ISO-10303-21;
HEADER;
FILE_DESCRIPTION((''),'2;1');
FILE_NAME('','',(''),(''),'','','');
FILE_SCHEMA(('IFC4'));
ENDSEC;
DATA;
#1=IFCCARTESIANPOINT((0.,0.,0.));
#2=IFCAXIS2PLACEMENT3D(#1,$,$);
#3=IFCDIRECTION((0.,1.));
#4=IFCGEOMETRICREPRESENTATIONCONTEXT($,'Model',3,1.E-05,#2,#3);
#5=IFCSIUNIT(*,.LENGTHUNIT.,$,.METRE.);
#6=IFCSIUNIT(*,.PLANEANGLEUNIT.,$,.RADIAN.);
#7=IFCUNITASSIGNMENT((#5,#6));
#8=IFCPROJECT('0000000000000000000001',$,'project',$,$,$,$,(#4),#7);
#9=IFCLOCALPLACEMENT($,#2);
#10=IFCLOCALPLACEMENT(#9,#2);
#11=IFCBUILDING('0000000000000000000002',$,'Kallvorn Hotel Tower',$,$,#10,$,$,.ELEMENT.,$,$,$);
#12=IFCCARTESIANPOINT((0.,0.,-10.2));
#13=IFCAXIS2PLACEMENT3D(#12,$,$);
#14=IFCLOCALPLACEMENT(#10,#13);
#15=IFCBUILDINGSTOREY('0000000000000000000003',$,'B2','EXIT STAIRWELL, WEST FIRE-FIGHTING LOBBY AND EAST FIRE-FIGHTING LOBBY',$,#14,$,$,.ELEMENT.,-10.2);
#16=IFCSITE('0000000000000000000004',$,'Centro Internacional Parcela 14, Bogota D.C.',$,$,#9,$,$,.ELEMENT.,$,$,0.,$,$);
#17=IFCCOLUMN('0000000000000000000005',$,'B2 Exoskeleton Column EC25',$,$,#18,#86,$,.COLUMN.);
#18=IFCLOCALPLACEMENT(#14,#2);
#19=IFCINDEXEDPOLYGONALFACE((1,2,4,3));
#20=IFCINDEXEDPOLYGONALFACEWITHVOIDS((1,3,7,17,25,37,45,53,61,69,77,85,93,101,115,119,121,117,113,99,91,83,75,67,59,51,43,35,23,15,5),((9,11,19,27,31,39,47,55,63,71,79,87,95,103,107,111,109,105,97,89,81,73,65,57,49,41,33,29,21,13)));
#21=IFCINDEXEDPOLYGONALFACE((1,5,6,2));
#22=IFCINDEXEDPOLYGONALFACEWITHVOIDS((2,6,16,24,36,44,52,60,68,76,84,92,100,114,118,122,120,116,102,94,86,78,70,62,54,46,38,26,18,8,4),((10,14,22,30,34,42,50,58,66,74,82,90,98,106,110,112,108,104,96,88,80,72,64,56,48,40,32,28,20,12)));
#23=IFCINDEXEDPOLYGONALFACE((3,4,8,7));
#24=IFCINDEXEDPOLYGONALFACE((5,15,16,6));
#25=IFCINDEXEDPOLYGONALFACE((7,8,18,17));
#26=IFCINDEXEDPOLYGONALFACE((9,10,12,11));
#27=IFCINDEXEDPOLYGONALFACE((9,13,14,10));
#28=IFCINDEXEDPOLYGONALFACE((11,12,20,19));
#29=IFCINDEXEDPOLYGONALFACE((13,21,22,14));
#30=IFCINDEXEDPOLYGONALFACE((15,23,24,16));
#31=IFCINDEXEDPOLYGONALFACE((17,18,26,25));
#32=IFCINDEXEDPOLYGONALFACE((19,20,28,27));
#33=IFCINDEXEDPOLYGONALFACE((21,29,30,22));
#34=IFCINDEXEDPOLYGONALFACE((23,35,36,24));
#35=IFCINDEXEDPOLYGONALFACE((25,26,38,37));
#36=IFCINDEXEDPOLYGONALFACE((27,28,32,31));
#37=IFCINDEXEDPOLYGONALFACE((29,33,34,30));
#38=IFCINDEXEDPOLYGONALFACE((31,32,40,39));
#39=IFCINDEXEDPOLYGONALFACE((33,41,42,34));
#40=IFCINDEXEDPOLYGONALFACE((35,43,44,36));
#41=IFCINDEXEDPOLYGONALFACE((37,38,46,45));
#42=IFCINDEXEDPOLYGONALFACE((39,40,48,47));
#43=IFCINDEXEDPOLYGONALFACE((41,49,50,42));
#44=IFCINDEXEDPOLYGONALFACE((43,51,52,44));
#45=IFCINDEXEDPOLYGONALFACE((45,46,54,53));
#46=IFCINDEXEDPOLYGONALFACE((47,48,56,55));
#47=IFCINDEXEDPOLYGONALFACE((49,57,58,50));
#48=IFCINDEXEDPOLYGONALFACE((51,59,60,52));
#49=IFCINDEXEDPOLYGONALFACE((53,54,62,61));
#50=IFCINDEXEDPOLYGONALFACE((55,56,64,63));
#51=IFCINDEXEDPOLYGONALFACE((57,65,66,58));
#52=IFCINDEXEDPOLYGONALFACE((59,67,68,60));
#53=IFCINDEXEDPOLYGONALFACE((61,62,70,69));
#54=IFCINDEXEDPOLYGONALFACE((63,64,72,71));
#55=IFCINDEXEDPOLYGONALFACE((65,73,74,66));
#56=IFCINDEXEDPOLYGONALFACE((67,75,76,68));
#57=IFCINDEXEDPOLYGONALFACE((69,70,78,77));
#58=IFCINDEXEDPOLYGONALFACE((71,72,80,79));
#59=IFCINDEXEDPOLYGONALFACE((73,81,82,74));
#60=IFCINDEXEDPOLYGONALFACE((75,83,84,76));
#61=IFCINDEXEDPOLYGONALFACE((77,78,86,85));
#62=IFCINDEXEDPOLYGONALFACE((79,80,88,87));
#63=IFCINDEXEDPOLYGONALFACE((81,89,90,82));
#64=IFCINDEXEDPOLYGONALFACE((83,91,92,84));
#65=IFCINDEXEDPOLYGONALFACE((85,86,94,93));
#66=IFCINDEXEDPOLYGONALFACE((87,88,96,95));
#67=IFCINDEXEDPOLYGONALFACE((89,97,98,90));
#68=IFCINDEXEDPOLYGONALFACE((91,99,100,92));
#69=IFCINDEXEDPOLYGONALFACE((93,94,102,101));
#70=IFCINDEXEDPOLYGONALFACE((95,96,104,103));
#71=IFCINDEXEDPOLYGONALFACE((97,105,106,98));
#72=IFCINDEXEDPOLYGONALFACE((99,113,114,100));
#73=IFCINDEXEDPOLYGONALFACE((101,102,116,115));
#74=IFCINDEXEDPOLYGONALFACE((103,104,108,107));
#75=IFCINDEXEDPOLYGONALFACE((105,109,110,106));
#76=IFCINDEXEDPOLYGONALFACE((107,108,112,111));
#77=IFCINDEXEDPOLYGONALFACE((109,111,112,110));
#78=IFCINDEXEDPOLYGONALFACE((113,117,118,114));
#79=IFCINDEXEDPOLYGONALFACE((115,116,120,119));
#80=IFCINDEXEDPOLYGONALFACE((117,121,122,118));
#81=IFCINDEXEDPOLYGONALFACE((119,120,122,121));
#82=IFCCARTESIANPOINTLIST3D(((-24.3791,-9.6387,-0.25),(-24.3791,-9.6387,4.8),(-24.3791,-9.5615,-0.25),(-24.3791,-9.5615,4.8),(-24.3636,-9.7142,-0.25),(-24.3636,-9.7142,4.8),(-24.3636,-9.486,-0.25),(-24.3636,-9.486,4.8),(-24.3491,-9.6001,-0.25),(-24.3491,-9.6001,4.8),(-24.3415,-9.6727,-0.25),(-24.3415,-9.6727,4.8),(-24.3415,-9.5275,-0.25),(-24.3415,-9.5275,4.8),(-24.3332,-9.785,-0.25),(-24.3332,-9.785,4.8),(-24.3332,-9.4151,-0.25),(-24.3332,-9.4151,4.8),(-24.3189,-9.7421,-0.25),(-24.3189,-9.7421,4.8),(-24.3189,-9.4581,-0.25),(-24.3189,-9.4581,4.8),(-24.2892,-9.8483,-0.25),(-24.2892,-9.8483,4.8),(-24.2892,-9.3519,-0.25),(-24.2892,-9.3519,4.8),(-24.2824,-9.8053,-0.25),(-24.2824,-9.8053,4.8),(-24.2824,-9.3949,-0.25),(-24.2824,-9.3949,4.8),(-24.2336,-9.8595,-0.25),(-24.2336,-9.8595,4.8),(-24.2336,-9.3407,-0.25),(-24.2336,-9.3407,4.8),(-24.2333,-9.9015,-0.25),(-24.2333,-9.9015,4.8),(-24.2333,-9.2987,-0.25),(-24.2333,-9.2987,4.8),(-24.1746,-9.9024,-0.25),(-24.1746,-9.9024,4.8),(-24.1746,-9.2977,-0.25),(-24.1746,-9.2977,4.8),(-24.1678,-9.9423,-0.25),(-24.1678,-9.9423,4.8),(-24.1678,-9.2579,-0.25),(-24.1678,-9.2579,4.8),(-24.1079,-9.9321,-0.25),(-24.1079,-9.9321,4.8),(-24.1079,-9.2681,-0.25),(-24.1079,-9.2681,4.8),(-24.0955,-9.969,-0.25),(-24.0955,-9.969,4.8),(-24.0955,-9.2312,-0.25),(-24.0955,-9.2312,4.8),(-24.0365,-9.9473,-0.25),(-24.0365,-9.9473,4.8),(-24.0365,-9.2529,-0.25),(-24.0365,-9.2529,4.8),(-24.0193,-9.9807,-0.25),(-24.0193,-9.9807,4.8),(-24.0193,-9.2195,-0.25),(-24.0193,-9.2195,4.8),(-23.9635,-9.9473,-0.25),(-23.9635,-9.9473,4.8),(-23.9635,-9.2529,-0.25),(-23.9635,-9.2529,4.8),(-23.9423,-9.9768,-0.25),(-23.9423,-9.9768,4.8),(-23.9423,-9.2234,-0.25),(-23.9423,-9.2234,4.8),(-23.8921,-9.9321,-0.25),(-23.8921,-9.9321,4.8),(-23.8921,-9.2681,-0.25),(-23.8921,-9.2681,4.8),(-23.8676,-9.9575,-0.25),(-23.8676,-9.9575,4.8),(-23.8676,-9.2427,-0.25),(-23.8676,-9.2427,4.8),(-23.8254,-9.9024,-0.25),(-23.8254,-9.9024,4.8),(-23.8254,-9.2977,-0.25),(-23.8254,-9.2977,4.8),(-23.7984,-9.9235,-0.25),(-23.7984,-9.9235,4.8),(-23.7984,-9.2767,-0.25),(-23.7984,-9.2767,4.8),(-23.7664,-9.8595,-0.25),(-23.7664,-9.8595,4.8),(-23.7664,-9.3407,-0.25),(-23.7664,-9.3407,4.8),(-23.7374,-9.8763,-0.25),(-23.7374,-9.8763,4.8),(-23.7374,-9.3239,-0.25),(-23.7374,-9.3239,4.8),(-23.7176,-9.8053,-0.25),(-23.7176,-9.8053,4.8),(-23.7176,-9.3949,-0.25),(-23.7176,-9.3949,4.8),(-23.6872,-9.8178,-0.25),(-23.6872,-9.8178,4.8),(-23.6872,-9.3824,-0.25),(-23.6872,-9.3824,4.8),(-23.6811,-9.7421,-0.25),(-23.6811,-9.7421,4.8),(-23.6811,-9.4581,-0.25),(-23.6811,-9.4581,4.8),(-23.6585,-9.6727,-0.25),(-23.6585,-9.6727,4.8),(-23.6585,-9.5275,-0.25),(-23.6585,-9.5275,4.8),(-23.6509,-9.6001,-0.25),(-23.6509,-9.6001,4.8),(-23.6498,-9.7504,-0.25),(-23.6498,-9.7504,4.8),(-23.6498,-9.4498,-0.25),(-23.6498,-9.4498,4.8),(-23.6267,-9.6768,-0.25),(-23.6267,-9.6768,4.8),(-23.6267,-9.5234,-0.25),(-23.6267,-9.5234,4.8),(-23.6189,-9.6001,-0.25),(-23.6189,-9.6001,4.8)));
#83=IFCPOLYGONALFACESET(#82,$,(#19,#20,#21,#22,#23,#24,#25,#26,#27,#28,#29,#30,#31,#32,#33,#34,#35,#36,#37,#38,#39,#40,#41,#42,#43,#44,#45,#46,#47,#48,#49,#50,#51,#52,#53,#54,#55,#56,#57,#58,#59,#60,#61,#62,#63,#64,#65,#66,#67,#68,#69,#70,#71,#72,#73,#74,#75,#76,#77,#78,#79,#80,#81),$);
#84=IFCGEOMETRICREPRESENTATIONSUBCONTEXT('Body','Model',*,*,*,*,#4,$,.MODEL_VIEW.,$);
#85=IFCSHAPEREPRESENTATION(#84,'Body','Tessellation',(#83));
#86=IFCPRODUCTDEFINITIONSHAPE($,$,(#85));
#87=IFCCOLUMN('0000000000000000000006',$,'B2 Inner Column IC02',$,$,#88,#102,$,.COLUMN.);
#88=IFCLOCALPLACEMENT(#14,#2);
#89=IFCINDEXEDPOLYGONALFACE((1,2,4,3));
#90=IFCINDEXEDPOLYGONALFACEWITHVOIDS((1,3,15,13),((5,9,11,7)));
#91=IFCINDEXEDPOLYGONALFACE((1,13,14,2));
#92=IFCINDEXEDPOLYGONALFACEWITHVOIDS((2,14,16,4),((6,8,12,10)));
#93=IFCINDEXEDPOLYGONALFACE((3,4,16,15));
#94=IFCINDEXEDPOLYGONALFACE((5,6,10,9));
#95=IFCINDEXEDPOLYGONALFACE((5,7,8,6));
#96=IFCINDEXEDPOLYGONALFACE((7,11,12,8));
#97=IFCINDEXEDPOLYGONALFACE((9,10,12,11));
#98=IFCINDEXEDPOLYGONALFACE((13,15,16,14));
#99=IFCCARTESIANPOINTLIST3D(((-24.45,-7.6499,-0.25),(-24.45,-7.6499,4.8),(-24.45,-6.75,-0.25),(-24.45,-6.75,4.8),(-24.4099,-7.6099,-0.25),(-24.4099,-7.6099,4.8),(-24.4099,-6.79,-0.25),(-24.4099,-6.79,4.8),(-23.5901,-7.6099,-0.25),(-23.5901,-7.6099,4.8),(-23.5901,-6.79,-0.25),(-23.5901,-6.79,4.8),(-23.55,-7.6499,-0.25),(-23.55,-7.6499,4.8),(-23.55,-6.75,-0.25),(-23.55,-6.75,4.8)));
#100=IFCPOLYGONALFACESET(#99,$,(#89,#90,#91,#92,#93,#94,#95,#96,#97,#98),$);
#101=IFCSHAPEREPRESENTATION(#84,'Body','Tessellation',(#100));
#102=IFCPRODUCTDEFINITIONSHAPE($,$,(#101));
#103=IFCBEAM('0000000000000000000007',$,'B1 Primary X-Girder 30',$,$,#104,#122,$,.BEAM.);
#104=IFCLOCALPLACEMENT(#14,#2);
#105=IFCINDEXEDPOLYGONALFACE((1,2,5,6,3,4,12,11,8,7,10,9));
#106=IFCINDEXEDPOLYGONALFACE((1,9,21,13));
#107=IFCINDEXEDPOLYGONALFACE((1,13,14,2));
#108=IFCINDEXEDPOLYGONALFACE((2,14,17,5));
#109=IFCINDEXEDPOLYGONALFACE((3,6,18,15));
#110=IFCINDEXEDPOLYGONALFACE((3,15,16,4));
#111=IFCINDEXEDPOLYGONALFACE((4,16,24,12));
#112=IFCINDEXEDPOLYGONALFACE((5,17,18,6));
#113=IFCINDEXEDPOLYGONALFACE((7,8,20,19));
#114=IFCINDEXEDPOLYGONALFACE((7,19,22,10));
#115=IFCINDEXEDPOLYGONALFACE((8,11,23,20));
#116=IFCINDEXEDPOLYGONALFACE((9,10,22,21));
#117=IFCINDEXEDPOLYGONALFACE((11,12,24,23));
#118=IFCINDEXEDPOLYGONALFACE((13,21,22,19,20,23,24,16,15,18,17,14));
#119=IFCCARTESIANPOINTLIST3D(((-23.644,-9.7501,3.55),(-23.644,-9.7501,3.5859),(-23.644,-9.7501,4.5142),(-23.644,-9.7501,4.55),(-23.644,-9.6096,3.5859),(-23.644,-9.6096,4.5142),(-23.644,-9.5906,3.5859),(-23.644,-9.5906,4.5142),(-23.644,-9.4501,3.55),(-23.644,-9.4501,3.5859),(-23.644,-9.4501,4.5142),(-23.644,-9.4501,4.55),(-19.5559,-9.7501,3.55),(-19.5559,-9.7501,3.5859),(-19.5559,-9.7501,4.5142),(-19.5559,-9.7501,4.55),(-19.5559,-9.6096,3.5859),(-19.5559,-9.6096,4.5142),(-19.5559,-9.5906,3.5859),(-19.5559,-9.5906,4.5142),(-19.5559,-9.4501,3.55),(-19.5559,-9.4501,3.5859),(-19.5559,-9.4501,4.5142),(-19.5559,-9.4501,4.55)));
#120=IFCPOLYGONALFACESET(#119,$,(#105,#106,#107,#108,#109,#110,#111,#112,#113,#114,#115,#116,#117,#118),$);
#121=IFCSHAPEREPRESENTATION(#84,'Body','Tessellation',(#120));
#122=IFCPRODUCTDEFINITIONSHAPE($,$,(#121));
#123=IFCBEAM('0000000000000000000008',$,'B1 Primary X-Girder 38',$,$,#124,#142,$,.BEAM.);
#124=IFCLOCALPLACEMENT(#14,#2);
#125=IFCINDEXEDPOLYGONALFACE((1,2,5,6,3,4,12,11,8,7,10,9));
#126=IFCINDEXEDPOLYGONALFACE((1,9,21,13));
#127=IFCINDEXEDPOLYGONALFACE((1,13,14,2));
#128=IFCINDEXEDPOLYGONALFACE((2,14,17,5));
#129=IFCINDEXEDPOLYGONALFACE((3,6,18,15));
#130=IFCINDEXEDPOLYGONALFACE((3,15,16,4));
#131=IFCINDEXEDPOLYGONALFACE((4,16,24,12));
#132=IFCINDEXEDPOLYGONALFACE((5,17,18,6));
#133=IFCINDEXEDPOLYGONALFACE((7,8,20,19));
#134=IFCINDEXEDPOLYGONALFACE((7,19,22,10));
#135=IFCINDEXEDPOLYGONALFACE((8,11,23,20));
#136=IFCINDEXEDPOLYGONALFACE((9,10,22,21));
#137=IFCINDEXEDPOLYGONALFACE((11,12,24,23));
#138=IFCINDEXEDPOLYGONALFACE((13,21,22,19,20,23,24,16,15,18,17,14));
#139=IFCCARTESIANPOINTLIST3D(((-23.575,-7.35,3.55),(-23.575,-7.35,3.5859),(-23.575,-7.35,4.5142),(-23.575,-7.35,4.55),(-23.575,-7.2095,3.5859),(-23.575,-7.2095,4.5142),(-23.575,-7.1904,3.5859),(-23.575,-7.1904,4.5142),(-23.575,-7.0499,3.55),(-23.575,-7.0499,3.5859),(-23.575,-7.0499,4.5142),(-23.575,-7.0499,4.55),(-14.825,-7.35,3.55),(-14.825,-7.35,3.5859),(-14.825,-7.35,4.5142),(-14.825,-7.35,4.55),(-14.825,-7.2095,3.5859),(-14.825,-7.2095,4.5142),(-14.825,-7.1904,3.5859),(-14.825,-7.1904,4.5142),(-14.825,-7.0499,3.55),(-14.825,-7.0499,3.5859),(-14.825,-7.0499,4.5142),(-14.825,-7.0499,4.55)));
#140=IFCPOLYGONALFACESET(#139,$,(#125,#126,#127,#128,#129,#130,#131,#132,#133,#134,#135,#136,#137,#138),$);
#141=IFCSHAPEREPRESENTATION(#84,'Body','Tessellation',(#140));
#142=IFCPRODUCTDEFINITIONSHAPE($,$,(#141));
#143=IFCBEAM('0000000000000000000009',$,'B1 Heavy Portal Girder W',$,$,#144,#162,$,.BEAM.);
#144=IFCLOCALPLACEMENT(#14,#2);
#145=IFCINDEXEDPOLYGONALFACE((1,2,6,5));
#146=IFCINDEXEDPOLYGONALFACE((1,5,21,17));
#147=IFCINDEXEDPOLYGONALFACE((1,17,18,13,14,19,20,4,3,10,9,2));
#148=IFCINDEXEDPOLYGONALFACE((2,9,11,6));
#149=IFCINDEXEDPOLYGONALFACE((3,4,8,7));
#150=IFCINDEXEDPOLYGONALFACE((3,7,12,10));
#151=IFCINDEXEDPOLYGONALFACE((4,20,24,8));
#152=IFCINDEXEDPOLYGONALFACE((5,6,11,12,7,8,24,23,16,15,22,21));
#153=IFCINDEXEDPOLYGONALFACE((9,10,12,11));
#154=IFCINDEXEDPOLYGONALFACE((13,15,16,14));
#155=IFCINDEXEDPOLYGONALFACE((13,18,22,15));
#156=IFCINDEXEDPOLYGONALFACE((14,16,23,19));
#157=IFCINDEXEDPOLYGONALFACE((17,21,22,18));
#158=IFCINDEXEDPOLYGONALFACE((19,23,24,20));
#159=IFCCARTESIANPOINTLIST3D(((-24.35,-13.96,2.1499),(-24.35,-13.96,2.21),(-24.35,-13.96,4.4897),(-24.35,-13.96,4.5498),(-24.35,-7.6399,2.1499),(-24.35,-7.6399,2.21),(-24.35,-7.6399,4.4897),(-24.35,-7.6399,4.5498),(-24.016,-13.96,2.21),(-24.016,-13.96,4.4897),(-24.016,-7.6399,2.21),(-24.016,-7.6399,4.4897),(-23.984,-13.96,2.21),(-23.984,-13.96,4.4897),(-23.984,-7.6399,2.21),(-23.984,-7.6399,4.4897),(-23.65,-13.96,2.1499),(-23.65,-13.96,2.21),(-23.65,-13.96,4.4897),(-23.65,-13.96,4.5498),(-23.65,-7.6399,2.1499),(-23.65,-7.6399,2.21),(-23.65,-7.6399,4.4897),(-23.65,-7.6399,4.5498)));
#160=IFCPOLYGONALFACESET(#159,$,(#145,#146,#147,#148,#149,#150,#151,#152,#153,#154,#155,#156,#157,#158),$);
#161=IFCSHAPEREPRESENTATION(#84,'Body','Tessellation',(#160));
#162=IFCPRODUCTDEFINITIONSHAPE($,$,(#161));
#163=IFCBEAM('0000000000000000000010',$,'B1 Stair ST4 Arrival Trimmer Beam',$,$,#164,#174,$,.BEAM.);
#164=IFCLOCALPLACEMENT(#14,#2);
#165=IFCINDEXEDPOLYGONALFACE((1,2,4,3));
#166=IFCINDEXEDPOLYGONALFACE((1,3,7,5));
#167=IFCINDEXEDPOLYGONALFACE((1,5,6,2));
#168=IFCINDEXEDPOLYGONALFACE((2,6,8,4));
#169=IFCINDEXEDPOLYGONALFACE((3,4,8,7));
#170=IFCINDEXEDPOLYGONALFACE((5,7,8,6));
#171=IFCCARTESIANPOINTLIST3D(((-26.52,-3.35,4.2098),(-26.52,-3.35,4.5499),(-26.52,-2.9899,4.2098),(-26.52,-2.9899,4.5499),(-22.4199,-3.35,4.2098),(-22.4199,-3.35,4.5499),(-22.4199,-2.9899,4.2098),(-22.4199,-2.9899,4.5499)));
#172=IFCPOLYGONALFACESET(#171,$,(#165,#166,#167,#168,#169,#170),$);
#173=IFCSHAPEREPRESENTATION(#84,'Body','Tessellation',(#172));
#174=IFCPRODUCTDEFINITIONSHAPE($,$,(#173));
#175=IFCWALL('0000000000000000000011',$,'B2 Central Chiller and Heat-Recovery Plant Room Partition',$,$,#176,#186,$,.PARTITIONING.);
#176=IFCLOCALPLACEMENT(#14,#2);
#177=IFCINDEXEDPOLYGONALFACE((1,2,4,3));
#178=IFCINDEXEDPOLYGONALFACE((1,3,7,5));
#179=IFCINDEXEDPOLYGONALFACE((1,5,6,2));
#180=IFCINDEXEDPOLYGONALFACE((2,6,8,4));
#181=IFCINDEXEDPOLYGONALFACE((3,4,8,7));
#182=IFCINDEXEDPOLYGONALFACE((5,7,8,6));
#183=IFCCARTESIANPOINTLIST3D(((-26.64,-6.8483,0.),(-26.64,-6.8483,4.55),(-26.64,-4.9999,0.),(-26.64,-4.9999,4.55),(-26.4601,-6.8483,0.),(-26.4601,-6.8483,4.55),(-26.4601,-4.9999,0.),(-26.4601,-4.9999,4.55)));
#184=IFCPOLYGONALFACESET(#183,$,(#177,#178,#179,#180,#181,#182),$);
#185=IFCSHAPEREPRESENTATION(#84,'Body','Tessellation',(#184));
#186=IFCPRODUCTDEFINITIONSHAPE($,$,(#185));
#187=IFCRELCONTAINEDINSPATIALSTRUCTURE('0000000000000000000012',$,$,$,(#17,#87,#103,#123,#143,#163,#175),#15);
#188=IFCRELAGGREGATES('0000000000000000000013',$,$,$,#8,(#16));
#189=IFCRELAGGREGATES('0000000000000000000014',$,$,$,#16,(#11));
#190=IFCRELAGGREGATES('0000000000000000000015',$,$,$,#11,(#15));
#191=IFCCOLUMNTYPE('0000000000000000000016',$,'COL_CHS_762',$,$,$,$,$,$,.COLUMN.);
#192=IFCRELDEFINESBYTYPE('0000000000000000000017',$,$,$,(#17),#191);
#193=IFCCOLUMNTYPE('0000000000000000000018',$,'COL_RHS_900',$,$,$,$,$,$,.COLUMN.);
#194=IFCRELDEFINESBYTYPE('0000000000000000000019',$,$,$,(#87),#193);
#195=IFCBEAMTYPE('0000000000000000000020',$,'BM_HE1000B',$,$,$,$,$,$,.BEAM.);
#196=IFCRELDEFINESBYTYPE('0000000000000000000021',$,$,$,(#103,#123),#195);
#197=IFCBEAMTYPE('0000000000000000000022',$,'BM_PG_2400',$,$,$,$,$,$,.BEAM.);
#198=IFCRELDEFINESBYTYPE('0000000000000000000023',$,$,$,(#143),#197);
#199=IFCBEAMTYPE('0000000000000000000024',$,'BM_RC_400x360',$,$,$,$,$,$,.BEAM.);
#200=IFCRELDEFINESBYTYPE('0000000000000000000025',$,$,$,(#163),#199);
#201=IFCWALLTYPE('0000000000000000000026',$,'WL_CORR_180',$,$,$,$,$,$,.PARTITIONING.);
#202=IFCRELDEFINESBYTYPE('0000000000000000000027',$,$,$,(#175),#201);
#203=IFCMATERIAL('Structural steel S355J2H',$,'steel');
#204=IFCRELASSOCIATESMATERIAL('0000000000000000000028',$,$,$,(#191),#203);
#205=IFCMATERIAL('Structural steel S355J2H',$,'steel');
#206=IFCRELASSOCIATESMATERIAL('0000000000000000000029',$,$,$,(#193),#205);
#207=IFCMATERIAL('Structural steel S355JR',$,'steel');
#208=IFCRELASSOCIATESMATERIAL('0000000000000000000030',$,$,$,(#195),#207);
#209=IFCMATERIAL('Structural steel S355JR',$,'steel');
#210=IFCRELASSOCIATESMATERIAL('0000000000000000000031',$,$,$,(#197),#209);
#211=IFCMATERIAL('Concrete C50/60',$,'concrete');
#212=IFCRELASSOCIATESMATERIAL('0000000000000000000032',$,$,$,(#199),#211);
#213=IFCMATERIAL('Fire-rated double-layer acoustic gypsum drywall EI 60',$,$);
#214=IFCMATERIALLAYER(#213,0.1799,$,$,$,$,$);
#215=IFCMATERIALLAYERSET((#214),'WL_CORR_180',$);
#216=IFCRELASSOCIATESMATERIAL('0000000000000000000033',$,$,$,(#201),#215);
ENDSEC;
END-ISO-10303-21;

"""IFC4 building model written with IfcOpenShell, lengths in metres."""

from ifc_helpers import new_model, si_unit, direction, frame, frame_2d, origin, origin_2d, place, context, subcontext, project, spatial, rectangle, hollow_rectangle, hollow_circle, i_section, extrude, material, layer, layer_set, material_profile, profile_set, type_object, element, save


model = new_model("IFC4")

# Units and contexts
model_context = context("Model", 3, precision=1e-05, world=origin(), true_north=direction((0.0, 1.0)))
body_context = subcontext(model_context, "Body", "Model", "MODEL_VIEW")
ifc_project = project(units=[si_unit("LENGTHUNIT", "METRE"), si_unit("PLANEANGLEUNIT", "RADIAN")], contexts=[model_context])

# Site, building, storey
site_placement = place(None, origin())
site = spatial("IfcSite", under=ifc_project, at=site_placement, Name="Centro Internacional Parcela 14, Bogota D.C.", CompositionType="ELEMENT", RefElevation=0.0)
building_placement = place(site_placement, origin())
building = spatial("IfcBuilding", under=site, at=building_placement, Name="Kallvorn Hotel Tower", CompositionType="ELEMENT")
storey_placement = place(building_placement, frame((0.0, 0.0, -10.2)))
storey = spatial("IfcBuildingStorey", under=building, at=storey_placement, Name="B2", Description="EXIT STAIRWELL, WEST FIRE-FIGHTING LOBBY AND EAST FIRE-FIGHTING LOBBY", CompositionType="ELEMENT", Elevation=-10.2)

# Columns
ifc_material_1 = material(Name="Structural steel S355J2H", Category="steel")
ifc_material_profile_1 = material_profile(ifc_material_1, hollow_circle(Radius=0.3811, WallThickness=0.032, at=origin_2d()), Name="CHS 762x32")
ifc_profile_set_1 = profile_set([ifc_material_profile_1], Name="Structural steel S355J2H")
column_type_1 = type_object("IfcColumnType", Name="COL_CHS_762", PredefinedType="COLUMN", material=ifc_profile_set_1)
column_1_placement = place(storey_placement, frame((-24.0, -9.6001, -0.25), z_axis=(0.0, 0.0, 1.0), x_axis=(1.0, 0.0, 0.0)))
element("IfcColumn", 1, at=column_1_placement, inside=storey, type_object=column_type_1, Name="B2 Exoskeleton Column EC25", PredefinedType="COLUMN", context=body_context, shape_type="SweptSolid", body=[
    extrude(hollow_circle(Radius=0.3811, WallThickness=0.032, at=origin_2d()), origin(), (0.0, 0.0, 1.0), 5.05),
])
ifc_material_2 = material(Name="Structural steel S355J2H", Category="steel")
ifc_material_profile_2 = material_profile(ifc_material_2, hollow_rectangle(XDim=0.8999, YDim=0.8999, WallThickness=0.04, at=origin_2d()), Name="RHS 900x900x40")
ifc_profile_set_2 = profile_set([ifc_material_profile_2], Name="Structural steel S355J2H")
column_type_2 = type_object("IfcColumnType", Name="COL_RHS_900", PredefinedType="COLUMN", material=ifc_profile_set_2)
column_2_placement = place(storey_placement, frame((-24.0, -7.2, -0.25), z_axis=(0.0, 0.0, 1.0), x_axis=(1.0, 0.0, 0.0)))
element("IfcColumn", 2, at=column_2_placement, inside=storey, type_object=column_type_2, Name="B2 Inner Column IC02", PredefinedType="COLUMN", context=body_context, shape_type="SweptSolid", body=[
    extrude(hollow_rectangle(XDim=0.8999, YDim=0.8999, WallThickness=0.04, at=origin_2d()), origin(), (0.0, 0.0, 1.0), 5.05),
])

# Beams
ifc_material_3 = material(Name="Structural steel S355JR", Category="steel")
ifc_material_profile_3 = material_profile(ifc_material_3, i_section(OverallWidth=0.3, OverallDepth=1.0, WebThickness=0.019, FlangeThickness=0.0359, at=origin_2d()), Name="HE 1000 B")
ifc_profile_set_3 = profile_set([ifc_material_profile_3], Name="Structural steel S355JR")
beam_type_1 = type_object("IfcBeamType", Name="BM_HE1000B", PredefinedType="BEAM", material=ifc_profile_set_3)
beam_1_placement = place(storey_placement, frame((-23.644, -9.6001, 4.05), z_axis=(1.0, 0.0, 0.0), x_axis=(0.0, 1.0, 0.0)))
element("IfcBeam", 3, at=beam_1_placement, inside=storey, type_object=beam_type_1, Name="B1 Primary X-Girder 30", PredefinedType="BEAM", context=body_context, shape_type="SweptSolid", body=[
    extrude(i_section(OverallWidth=0.3, OverallDepth=1.0, WebThickness=0.019, FlangeThickness=0.0359, at=origin_2d()), origin(), (0.0, 0.0, 1.0), 4.0881),
])
beam_2_placement = place(storey_placement, frame((-23.575, -7.2, 4.05), z_axis=(1.0, 0.0, 0.0), x_axis=(0.0, 1.0, 0.0)))
element("IfcBeam", 4, at=beam_2_placement, inside=storey, type_object=beam_type_1, Name="B1 Primary X-Girder 38", PredefinedType="BEAM", context=body_context, shape_type="SweptSolid", body=[
    extrude(i_section(OverallWidth=0.3, OverallDepth=1.0, WebThickness=0.019, FlangeThickness=0.0359, at=origin_2d()), origin(), (0.0, 0.0, 1.0), 8.75),
])
ifc_material_4 = material(Name="Structural steel S355JR", Category="steel")
ifc_material_profile_4 = material_profile(ifc_material_4, i_section(OverallWidth=0.7, OverallDepth=2.3999, WebThickness=0.032, FlangeThickness=0.0601, at=origin_2d()), Name="PG 2400x700x32x60")
ifc_profile_set_4 = profile_set([ifc_material_profile_4], Name="Structural steel S355JR")
beam_type_2 = type_object("IfcBeamType", Name="BM_PG_2400", PredefinedType="BEAM", material=ifc_profile_set_4)
beam_3_placement = place(storey_placement, frame((-24.0, -13.96, 3.3499), z_axis=(0.0, 1.0, 0.0), x_axis=(-1.0, 0.0, 0.0)))
element("IfcBeam", 5, at=beam_3_placement, inside=storey, type_object=beam_type_2, Name="B1 Heavy Portal Girder W", PredefinedType="BEAM", context=body_context, shape_type="SweptSolid", body=[
    extrude(i_section(OverallWidth=0.7, OverallDepth=2.3999, WebThickness=0.032, FlangeThickness=0.0601, at=origin_2d()), origin(), (0.0, 0.0, 1.0), 6.3201),
])
ifc_material_5 = material(Name="Concrete C50/60", Category="concrete")
ifc_material_profile_5 = material_profile(ifc_material_5, rectangle(XDim=0.3601, YDim=0.3401, at=origin_2d()), Name="RC 360x340")
ifc_profile_set_5 = profile_set([ifc_material_profile_5], Name="Concrete C50/60")
beam_type_3 = type_object("IfcBeamType", Name="BM_RC_400x360", PredefinedType="BEAM", material=ifc_profile_set_5)
beam_4_placement = place(storey_placement, frame((-22.4199, -3.1699, 4.3799), z_axis=(-1.0, 0.0, 0.0), x_axis=(0.0, -1.0, 0.0)))
element("IfcBeam", 6, at=beam_4_placement, inside=storey, type_object=beam_type_3, Name="B1 Stair ST4 Arrival Trimmer Beam", PredefinedType="BEAM", context=body_context, shape_type="SweptSolid", body=[
    extrude(rectangle(XDim=0.3601, YDim=0.3401, at=origin_2d()), origin(), (0.0, 0.0, 1.0), 4.1001),
])

# Wall
ifc_material_6 = material(Name="Fire-rated double-layer acoustic gypsum drywall EI 60")
ifc_layer_1 = layer(ifc_material_6, 0.1799)
ifc_layer_set_1 = layer_set([ifc_layer_1], Name="WL_CORR_180")
wall_type_1 = type_object("IfcWallType", Name="WL_CORR_180", PredefinedType="PARTITIONING", material=ifc_layer_set_1)
wall_1_placement = place(storey_placement, frame((-26.55, -6.8484, 0.0), z_axis=(0.0, 0.0, 1.0), x_axis=(0.0, 1.0, 0.0)))
element("IfcWall", 7, at=wall_1_placement, inside=storey, type_object=wall_type_1, Name="B2 Central Chiller and Heat-Recovery Plant Room Partition", PredefinedType="PARTITIONING", context=body_context, shape_type="SweptSolid", body=[
    extrude(rectangle(XDim=1.8484, YDim=0.1799, at=frame_2d((0.9243, 0.0))), origin(), (0.0, 0.0, 1.0), 4.55),
])

save(model, "model.ifc")
